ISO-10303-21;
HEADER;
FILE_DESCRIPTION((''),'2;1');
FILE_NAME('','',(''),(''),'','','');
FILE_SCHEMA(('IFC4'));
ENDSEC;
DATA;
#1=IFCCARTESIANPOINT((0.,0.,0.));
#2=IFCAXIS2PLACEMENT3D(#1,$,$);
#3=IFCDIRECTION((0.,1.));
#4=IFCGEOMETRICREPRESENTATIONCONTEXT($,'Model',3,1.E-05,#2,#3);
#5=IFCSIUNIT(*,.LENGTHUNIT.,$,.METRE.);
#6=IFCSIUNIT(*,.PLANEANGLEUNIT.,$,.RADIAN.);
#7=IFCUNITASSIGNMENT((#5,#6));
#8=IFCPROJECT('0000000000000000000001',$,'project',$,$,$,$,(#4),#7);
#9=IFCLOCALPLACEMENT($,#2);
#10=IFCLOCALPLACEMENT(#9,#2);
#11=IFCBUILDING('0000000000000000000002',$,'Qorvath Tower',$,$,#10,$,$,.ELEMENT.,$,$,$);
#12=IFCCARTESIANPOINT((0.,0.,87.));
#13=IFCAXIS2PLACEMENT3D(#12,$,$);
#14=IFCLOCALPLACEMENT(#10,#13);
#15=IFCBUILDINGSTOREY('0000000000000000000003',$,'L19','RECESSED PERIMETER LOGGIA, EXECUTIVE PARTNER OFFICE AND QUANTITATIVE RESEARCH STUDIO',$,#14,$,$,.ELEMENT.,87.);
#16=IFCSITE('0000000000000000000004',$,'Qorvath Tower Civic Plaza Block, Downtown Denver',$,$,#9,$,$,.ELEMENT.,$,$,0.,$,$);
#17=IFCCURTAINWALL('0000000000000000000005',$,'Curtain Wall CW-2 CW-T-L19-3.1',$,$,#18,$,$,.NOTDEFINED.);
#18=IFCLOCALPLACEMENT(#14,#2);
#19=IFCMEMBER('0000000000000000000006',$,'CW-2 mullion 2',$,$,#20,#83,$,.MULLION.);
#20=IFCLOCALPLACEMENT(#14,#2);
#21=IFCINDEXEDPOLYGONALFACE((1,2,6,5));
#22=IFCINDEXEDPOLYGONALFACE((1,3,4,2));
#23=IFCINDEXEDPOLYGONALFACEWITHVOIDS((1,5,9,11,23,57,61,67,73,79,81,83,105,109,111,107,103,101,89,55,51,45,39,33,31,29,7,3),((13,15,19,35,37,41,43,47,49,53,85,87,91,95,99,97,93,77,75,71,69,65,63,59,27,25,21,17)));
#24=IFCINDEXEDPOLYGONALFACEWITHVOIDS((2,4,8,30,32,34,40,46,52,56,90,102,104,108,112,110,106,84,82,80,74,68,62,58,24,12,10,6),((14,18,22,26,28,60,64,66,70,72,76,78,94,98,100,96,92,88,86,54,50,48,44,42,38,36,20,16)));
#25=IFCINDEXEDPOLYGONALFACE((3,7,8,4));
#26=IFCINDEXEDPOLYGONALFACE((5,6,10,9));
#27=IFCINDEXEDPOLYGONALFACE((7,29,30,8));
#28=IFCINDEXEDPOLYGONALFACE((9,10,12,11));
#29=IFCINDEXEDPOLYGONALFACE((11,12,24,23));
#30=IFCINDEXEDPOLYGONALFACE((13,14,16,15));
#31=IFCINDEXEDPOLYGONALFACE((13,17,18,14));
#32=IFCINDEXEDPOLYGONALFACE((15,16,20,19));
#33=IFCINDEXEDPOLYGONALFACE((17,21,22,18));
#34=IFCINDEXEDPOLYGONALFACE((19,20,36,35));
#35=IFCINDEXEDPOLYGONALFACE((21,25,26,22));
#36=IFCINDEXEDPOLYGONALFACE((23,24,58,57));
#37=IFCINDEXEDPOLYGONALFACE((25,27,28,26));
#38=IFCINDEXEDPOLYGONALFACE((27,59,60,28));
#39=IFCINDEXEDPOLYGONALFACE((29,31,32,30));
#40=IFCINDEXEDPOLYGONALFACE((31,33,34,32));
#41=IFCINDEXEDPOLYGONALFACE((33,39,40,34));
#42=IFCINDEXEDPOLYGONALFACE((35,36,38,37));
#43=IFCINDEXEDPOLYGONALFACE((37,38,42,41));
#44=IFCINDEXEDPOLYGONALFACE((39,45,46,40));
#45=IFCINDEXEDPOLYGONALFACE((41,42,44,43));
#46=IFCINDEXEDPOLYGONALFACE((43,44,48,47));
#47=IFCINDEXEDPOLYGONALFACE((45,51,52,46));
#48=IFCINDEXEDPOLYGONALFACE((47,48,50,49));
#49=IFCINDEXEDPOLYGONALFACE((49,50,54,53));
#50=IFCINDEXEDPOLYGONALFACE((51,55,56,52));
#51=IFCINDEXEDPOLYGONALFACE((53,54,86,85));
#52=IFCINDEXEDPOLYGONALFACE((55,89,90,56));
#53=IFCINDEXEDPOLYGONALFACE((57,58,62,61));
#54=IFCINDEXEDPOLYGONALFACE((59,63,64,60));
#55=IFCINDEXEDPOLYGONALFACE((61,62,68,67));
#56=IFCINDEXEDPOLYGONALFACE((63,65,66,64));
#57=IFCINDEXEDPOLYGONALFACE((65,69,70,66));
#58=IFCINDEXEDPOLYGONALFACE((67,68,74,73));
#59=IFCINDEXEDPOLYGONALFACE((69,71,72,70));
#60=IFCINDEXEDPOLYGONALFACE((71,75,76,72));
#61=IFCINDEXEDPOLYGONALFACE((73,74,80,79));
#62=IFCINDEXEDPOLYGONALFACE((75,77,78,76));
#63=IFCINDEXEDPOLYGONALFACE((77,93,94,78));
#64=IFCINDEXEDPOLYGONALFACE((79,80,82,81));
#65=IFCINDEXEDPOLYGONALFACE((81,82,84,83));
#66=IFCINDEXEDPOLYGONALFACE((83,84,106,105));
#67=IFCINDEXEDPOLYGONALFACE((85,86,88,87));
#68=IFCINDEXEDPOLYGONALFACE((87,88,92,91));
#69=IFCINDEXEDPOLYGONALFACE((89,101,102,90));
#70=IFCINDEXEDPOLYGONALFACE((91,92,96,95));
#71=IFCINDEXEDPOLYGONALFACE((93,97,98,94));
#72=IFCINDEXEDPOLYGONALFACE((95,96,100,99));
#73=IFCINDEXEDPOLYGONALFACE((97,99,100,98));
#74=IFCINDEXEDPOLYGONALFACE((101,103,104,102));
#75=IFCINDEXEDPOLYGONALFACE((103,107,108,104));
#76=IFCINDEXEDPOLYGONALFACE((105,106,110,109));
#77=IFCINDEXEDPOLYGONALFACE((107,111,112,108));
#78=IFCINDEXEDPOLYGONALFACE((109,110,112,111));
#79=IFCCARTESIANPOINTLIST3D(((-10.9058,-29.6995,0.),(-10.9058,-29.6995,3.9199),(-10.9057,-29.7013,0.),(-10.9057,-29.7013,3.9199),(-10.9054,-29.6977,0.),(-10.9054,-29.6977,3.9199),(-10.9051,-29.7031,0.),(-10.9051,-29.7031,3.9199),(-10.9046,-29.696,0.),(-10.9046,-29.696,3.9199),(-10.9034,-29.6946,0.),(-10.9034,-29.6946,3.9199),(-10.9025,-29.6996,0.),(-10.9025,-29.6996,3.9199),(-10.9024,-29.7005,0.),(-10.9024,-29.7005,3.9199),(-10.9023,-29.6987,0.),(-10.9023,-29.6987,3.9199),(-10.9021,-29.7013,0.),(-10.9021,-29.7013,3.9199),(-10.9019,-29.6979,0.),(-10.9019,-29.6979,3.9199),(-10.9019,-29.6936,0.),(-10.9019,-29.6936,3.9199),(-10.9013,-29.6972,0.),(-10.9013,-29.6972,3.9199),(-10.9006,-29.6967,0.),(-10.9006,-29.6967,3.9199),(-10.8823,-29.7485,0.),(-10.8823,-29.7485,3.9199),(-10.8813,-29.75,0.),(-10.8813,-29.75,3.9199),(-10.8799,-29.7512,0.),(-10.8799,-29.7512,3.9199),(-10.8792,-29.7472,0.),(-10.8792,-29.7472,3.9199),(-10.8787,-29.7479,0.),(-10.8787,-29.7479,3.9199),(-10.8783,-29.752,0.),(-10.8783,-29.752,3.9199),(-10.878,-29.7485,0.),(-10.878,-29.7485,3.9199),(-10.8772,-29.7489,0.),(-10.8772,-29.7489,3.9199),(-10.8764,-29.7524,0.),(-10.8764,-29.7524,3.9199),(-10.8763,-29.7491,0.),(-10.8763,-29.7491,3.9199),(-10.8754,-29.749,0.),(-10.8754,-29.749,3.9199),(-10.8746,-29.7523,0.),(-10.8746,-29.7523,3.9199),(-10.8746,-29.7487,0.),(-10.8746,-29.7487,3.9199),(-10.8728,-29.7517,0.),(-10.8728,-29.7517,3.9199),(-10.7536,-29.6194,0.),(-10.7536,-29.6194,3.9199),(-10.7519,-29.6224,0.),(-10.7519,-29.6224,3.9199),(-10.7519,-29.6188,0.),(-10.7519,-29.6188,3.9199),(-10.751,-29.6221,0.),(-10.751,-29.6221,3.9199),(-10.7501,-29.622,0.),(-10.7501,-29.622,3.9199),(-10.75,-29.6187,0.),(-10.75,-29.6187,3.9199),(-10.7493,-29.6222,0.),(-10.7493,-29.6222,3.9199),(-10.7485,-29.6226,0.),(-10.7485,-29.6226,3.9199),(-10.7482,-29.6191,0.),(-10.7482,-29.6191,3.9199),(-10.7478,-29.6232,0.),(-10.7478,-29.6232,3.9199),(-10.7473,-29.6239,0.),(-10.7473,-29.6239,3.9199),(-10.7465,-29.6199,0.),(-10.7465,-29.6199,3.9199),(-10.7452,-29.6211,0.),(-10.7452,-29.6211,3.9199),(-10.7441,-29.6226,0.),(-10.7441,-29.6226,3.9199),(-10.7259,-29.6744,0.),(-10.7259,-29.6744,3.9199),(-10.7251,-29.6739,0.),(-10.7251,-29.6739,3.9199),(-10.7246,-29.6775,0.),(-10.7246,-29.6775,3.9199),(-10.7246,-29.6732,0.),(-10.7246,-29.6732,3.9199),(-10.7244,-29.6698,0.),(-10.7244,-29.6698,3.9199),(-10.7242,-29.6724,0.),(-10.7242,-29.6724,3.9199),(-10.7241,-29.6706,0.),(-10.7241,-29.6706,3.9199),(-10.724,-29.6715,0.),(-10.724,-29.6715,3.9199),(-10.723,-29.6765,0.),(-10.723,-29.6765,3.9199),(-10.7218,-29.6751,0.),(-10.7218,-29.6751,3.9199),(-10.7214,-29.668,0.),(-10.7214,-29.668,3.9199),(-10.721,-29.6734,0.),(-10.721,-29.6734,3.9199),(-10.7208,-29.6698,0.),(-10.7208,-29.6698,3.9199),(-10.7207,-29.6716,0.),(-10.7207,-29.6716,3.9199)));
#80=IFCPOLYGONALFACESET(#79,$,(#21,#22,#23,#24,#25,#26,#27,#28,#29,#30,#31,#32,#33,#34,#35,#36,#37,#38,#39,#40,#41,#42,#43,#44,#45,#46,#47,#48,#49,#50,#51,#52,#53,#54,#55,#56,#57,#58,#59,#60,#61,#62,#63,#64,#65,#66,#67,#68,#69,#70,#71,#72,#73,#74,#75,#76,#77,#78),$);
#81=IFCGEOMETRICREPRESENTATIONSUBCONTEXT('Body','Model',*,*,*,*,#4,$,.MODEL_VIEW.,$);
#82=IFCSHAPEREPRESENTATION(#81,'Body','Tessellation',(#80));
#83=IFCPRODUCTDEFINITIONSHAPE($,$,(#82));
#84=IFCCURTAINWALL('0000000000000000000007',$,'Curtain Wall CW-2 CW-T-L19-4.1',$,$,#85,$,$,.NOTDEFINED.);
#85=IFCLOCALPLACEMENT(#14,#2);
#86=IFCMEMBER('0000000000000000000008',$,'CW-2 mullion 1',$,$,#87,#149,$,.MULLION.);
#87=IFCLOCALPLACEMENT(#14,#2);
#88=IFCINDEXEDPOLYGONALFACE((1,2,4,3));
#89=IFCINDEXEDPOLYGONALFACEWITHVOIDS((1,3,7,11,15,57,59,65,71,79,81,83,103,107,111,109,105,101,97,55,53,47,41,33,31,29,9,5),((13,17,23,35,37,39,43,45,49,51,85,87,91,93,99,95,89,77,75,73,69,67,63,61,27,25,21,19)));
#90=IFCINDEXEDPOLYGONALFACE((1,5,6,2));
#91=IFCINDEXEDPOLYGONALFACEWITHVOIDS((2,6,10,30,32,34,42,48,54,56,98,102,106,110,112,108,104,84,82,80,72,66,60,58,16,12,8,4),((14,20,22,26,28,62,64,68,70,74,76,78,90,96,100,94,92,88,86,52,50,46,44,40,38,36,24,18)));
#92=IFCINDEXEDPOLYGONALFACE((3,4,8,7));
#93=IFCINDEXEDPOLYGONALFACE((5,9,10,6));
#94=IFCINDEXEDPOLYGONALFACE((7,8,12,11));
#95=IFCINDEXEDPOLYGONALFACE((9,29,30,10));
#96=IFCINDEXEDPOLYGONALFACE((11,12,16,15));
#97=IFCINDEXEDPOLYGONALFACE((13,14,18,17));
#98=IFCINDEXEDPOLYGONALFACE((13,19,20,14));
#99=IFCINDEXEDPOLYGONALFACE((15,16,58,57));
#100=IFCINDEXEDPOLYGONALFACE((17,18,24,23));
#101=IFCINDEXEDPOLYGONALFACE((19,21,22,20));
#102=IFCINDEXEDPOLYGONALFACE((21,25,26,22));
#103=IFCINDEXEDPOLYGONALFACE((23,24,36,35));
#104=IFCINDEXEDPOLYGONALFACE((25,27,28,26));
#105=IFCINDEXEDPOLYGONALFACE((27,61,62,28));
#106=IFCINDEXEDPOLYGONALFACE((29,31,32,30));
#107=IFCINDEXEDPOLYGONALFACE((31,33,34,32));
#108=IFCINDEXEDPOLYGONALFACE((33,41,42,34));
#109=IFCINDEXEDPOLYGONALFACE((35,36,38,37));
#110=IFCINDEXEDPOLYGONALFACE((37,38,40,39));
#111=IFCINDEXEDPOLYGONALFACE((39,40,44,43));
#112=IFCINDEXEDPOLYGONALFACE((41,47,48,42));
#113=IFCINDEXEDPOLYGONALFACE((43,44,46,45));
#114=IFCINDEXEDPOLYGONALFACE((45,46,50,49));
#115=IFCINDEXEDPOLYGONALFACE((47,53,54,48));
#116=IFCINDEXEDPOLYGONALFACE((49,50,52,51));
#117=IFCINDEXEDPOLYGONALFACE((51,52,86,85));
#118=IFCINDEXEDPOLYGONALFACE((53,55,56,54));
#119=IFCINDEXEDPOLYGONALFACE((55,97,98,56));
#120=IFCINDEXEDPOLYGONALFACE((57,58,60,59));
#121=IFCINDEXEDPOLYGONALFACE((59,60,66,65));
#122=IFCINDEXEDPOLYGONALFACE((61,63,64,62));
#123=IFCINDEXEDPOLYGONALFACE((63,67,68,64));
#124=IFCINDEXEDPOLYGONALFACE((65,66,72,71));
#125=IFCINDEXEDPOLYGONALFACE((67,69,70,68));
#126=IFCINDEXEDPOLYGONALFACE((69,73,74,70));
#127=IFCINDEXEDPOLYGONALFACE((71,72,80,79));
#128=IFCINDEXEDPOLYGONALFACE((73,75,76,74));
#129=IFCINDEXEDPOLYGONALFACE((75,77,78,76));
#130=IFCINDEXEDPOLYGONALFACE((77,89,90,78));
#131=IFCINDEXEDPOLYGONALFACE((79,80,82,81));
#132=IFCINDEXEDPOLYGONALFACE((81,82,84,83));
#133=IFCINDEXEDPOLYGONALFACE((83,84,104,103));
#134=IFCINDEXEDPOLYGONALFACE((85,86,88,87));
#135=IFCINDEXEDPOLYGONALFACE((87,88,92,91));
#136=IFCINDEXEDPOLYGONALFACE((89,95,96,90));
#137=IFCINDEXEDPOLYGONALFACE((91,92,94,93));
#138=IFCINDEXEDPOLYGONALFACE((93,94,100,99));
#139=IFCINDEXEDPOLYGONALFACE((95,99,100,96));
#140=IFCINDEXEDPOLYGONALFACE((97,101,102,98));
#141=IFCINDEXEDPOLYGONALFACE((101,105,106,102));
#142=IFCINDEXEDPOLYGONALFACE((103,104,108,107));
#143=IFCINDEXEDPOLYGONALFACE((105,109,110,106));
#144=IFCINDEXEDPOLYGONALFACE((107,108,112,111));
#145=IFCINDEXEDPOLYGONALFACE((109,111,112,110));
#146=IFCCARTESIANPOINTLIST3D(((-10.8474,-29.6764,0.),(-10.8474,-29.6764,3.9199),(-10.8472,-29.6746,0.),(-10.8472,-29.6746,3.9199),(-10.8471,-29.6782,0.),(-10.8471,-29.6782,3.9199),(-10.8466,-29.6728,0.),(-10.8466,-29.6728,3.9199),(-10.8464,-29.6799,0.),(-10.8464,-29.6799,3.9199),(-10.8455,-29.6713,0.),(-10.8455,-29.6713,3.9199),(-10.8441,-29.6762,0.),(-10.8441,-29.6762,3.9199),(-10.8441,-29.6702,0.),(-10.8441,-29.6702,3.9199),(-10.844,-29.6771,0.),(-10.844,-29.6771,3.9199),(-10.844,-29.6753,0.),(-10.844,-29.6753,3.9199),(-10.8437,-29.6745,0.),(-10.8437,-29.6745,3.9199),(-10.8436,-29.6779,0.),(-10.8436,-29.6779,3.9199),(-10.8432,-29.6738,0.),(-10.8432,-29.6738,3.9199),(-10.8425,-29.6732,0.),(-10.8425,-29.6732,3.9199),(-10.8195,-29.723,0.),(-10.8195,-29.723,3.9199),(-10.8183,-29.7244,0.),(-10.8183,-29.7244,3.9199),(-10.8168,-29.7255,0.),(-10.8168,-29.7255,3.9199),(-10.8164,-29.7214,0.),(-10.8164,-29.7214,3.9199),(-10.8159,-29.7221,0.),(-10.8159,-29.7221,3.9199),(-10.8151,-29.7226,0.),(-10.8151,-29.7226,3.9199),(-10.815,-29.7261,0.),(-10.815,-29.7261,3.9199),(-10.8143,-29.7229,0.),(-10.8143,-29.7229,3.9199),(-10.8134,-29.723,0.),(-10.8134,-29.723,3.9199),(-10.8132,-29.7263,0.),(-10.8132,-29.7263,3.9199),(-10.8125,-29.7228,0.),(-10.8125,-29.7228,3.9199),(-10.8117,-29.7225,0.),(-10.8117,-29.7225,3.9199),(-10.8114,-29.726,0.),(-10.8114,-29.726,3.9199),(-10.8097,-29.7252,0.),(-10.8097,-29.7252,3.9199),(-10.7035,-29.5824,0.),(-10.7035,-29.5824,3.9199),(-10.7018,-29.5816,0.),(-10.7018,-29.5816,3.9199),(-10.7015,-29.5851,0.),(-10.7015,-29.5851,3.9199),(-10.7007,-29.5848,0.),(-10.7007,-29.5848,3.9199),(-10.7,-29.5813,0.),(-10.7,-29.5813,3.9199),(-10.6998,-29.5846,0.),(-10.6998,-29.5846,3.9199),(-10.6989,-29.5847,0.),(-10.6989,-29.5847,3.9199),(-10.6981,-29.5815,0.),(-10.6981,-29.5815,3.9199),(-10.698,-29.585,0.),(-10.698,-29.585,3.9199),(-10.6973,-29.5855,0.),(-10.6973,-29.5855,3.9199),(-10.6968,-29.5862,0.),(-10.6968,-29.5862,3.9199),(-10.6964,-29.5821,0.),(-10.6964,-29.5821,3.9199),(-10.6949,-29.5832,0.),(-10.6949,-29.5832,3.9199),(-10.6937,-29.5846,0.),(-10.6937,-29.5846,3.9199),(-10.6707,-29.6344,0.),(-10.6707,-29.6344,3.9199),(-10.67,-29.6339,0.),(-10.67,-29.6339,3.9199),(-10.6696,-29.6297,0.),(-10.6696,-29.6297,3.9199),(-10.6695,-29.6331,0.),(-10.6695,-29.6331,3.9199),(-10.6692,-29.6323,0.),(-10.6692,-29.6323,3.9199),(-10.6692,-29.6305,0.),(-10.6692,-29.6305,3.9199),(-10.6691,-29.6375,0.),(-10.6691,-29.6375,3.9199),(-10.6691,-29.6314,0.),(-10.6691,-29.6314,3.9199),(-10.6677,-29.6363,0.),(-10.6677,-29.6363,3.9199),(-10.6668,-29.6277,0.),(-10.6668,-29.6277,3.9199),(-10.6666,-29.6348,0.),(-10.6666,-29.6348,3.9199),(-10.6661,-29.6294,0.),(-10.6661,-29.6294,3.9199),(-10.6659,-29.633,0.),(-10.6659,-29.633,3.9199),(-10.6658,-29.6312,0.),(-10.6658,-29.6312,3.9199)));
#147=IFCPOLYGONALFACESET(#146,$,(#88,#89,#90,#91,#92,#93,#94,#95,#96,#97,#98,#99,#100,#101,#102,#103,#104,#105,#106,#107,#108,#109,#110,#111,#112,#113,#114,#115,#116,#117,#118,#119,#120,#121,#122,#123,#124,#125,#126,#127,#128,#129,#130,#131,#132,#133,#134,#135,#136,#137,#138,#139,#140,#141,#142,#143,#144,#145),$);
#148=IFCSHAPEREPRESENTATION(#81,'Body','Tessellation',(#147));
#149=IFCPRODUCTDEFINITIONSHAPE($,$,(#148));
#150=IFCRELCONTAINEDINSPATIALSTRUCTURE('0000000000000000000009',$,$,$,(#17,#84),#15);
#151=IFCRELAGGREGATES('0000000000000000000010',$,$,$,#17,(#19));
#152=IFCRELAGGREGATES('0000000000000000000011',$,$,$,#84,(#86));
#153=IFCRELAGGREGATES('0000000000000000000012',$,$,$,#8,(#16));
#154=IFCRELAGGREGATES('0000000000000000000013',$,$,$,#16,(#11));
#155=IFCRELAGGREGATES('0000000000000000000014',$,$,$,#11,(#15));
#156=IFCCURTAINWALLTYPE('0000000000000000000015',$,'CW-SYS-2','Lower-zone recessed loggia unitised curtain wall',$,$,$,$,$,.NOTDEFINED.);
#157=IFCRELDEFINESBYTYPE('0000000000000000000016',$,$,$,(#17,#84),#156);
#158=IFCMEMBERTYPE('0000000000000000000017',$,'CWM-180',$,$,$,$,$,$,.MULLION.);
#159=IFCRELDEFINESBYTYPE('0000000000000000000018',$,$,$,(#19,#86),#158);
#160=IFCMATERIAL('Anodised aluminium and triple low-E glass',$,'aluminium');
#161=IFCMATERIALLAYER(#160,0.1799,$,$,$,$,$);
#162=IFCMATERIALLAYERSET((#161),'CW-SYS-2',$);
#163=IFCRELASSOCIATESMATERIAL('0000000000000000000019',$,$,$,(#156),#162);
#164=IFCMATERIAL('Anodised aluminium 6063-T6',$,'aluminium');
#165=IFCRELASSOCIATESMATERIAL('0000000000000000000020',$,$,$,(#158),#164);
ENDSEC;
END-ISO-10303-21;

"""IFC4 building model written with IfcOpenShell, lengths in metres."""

from ifc_helpers import new_model, si_unit, direction, frame, origin, origin_2d, place, context, subcontext, project, spatial, hollow_rectangle, extrude, material, layer, layer_set, material_profile, profile_set, type_object, element, aggregate, save


model = new_model("IFC4")

# Units and contexts
model_context = context("Model", 3, precision=1e-05, world=origin(), true_north=direction((0.0, 1.0)))
body_context = subcontext(model_context, "Body", "Model", "MODEL_VIEW")
ifc_project = project(units=[si_unit("LENGTHUNIT", "METRE"), si_unit("PLANEANGLEUNIT", "RADIAN")], contexts=[model_context])

# Site, building, storey
site_placement = place(None, origin())
site = spatial("IfcSite", under=ifc_project, at=site_placement, Name="Qorvath Tower Civic Plaza Block, Downtown Denver", CompositionType="ELEMENT", RefElevation=0.0)
building_placement = place(site_placement, origin())
building = spatial("IfcBuilding", under=site, at=building_placement, Name="Qorvath Tower", CompositionType="ELEMENT")
storey_placement = place(building_placement, frame((0.0, 0.0, 87.0)))
storey = spatial("IfcBuildingStorey", under=building, at=storey_placement, Name="L19", Description="RECESSED PERIMETER LOGGIA, EXECUTIVE PARTNER OFFICE AND QUANTITATIVE RESEARCH STUDIO", CompositionType="ELEMENT", Elevation=87.0)

# Shared definitions
ifc_material_1 = material(Name="Anodised aluminium and triple low-E glass", Category="aluminium")
ifc_layer_1 = layer(ifc_material_1, 0.1799)
ifc_layer_set_1 = layer_set([ifc_layer_1], Name="CW-SYS-2")
curtain_wall_type = type_object("IfcCurtainWallType", Name="CW-SYS-2", Description="Lower-zone recessed loggia unitised curtain wall", PredefinedType="NOTDEFINED", material=ifc_layer_set_1)
ifc_material_2 = material(Name="Anodised aluminium 6063-T6", Category="aluminium")
ifc_material_profile_1 = material_profile(ifc_material_2, hollow_rectangle(XDim=0.0649, YDim=0.1799, WallThickness=0.0034, InnerFilletRadius=0.0034, OuterFilletRadius=0.0071, at=origin_2d()), Name="CWM 180x65")
ifc_profile_set_1 = profile_set([ifc_material_profile_1], Name="Anodised aluminium 6063-T6")
member_type_1 = type_object("IfcMemberType", Name="CWM-180", PredefinedType="MULLION", material=ifc_profile_set_1)

# Curtain walls, members
curtain_wall_1_placement = place(storey_placement, origin())
curtain_wall_1 = element("IfcCurtainWall", 1, at=curtain_wall_1_placement, inside=storey, type_object=curtain_wall_type, Name="Curtain Wall CW-2 CW-T-L19-3.1", PredefinedType="NOTDEFINED")
member_1_placement = place(storey_placement, frame((-10.8132, -29.6855, 0.0), z_axis=(0.0, 0.0, 1.0), x_axis=(-0.44719, 0.894439, 0.0)))
member_1 = element("IfcMember", 2, at=member_1_placement, type_object=member_type_1, Name="CW-2 mullion 2", PredefinedType="MULLION", context=body_context, shape_type="SweptSolid", body=[
    extrude(hollow_rectangle(XDim=0.0649, YDim=0.1799, WallThickness=0.0034, InnerFilletRadius=0.0034, OuterFilletRadius=0.0071, at=origin_2d()), origin(), (0.0, 0.0, 1.0), 3.9199),
])
curtain_wall_2_placement = place(storey_placement, origin())
curtain_wall_2 = element("IfcCurtainWall", 3, at=curtain_wall_2_placement, inside=storey, type_object=curtain_wall_type, Name="Curtain Wall CW-2 CW-T-L19-4.1", PredefinedType="NOTDEFINED")
member_2_placement = place(storey_placement, frame((-10.7566, -29.6538, 0.0), z_axis=(0.0, 0.0, 1.0), x_axis=(-0.529625, 0.848232, 0.0)))
member_2 = element("IfcMember", 4, at=member_2_placement, type_object=member_type_1, Name="CW-2 mullion 1", PredefinedType="MULLION", context=body_context, shape_type="SweptSolid", body=[
    extrude(hollow_rectangle(XDim=0.0649, YDim=0.1799, WallThickness=0.0034, InnerFilletRadius=0.0034, OuterFilletRadius=0.0071, at=origin_2d()), origin(), (0.0, 0.0, 1.0), 3.9199),
])

aggregate(curtain_wall_1, [member_1])
aggregate(curtain_wall_2, [member_2])

save(model, "model.ifc")
